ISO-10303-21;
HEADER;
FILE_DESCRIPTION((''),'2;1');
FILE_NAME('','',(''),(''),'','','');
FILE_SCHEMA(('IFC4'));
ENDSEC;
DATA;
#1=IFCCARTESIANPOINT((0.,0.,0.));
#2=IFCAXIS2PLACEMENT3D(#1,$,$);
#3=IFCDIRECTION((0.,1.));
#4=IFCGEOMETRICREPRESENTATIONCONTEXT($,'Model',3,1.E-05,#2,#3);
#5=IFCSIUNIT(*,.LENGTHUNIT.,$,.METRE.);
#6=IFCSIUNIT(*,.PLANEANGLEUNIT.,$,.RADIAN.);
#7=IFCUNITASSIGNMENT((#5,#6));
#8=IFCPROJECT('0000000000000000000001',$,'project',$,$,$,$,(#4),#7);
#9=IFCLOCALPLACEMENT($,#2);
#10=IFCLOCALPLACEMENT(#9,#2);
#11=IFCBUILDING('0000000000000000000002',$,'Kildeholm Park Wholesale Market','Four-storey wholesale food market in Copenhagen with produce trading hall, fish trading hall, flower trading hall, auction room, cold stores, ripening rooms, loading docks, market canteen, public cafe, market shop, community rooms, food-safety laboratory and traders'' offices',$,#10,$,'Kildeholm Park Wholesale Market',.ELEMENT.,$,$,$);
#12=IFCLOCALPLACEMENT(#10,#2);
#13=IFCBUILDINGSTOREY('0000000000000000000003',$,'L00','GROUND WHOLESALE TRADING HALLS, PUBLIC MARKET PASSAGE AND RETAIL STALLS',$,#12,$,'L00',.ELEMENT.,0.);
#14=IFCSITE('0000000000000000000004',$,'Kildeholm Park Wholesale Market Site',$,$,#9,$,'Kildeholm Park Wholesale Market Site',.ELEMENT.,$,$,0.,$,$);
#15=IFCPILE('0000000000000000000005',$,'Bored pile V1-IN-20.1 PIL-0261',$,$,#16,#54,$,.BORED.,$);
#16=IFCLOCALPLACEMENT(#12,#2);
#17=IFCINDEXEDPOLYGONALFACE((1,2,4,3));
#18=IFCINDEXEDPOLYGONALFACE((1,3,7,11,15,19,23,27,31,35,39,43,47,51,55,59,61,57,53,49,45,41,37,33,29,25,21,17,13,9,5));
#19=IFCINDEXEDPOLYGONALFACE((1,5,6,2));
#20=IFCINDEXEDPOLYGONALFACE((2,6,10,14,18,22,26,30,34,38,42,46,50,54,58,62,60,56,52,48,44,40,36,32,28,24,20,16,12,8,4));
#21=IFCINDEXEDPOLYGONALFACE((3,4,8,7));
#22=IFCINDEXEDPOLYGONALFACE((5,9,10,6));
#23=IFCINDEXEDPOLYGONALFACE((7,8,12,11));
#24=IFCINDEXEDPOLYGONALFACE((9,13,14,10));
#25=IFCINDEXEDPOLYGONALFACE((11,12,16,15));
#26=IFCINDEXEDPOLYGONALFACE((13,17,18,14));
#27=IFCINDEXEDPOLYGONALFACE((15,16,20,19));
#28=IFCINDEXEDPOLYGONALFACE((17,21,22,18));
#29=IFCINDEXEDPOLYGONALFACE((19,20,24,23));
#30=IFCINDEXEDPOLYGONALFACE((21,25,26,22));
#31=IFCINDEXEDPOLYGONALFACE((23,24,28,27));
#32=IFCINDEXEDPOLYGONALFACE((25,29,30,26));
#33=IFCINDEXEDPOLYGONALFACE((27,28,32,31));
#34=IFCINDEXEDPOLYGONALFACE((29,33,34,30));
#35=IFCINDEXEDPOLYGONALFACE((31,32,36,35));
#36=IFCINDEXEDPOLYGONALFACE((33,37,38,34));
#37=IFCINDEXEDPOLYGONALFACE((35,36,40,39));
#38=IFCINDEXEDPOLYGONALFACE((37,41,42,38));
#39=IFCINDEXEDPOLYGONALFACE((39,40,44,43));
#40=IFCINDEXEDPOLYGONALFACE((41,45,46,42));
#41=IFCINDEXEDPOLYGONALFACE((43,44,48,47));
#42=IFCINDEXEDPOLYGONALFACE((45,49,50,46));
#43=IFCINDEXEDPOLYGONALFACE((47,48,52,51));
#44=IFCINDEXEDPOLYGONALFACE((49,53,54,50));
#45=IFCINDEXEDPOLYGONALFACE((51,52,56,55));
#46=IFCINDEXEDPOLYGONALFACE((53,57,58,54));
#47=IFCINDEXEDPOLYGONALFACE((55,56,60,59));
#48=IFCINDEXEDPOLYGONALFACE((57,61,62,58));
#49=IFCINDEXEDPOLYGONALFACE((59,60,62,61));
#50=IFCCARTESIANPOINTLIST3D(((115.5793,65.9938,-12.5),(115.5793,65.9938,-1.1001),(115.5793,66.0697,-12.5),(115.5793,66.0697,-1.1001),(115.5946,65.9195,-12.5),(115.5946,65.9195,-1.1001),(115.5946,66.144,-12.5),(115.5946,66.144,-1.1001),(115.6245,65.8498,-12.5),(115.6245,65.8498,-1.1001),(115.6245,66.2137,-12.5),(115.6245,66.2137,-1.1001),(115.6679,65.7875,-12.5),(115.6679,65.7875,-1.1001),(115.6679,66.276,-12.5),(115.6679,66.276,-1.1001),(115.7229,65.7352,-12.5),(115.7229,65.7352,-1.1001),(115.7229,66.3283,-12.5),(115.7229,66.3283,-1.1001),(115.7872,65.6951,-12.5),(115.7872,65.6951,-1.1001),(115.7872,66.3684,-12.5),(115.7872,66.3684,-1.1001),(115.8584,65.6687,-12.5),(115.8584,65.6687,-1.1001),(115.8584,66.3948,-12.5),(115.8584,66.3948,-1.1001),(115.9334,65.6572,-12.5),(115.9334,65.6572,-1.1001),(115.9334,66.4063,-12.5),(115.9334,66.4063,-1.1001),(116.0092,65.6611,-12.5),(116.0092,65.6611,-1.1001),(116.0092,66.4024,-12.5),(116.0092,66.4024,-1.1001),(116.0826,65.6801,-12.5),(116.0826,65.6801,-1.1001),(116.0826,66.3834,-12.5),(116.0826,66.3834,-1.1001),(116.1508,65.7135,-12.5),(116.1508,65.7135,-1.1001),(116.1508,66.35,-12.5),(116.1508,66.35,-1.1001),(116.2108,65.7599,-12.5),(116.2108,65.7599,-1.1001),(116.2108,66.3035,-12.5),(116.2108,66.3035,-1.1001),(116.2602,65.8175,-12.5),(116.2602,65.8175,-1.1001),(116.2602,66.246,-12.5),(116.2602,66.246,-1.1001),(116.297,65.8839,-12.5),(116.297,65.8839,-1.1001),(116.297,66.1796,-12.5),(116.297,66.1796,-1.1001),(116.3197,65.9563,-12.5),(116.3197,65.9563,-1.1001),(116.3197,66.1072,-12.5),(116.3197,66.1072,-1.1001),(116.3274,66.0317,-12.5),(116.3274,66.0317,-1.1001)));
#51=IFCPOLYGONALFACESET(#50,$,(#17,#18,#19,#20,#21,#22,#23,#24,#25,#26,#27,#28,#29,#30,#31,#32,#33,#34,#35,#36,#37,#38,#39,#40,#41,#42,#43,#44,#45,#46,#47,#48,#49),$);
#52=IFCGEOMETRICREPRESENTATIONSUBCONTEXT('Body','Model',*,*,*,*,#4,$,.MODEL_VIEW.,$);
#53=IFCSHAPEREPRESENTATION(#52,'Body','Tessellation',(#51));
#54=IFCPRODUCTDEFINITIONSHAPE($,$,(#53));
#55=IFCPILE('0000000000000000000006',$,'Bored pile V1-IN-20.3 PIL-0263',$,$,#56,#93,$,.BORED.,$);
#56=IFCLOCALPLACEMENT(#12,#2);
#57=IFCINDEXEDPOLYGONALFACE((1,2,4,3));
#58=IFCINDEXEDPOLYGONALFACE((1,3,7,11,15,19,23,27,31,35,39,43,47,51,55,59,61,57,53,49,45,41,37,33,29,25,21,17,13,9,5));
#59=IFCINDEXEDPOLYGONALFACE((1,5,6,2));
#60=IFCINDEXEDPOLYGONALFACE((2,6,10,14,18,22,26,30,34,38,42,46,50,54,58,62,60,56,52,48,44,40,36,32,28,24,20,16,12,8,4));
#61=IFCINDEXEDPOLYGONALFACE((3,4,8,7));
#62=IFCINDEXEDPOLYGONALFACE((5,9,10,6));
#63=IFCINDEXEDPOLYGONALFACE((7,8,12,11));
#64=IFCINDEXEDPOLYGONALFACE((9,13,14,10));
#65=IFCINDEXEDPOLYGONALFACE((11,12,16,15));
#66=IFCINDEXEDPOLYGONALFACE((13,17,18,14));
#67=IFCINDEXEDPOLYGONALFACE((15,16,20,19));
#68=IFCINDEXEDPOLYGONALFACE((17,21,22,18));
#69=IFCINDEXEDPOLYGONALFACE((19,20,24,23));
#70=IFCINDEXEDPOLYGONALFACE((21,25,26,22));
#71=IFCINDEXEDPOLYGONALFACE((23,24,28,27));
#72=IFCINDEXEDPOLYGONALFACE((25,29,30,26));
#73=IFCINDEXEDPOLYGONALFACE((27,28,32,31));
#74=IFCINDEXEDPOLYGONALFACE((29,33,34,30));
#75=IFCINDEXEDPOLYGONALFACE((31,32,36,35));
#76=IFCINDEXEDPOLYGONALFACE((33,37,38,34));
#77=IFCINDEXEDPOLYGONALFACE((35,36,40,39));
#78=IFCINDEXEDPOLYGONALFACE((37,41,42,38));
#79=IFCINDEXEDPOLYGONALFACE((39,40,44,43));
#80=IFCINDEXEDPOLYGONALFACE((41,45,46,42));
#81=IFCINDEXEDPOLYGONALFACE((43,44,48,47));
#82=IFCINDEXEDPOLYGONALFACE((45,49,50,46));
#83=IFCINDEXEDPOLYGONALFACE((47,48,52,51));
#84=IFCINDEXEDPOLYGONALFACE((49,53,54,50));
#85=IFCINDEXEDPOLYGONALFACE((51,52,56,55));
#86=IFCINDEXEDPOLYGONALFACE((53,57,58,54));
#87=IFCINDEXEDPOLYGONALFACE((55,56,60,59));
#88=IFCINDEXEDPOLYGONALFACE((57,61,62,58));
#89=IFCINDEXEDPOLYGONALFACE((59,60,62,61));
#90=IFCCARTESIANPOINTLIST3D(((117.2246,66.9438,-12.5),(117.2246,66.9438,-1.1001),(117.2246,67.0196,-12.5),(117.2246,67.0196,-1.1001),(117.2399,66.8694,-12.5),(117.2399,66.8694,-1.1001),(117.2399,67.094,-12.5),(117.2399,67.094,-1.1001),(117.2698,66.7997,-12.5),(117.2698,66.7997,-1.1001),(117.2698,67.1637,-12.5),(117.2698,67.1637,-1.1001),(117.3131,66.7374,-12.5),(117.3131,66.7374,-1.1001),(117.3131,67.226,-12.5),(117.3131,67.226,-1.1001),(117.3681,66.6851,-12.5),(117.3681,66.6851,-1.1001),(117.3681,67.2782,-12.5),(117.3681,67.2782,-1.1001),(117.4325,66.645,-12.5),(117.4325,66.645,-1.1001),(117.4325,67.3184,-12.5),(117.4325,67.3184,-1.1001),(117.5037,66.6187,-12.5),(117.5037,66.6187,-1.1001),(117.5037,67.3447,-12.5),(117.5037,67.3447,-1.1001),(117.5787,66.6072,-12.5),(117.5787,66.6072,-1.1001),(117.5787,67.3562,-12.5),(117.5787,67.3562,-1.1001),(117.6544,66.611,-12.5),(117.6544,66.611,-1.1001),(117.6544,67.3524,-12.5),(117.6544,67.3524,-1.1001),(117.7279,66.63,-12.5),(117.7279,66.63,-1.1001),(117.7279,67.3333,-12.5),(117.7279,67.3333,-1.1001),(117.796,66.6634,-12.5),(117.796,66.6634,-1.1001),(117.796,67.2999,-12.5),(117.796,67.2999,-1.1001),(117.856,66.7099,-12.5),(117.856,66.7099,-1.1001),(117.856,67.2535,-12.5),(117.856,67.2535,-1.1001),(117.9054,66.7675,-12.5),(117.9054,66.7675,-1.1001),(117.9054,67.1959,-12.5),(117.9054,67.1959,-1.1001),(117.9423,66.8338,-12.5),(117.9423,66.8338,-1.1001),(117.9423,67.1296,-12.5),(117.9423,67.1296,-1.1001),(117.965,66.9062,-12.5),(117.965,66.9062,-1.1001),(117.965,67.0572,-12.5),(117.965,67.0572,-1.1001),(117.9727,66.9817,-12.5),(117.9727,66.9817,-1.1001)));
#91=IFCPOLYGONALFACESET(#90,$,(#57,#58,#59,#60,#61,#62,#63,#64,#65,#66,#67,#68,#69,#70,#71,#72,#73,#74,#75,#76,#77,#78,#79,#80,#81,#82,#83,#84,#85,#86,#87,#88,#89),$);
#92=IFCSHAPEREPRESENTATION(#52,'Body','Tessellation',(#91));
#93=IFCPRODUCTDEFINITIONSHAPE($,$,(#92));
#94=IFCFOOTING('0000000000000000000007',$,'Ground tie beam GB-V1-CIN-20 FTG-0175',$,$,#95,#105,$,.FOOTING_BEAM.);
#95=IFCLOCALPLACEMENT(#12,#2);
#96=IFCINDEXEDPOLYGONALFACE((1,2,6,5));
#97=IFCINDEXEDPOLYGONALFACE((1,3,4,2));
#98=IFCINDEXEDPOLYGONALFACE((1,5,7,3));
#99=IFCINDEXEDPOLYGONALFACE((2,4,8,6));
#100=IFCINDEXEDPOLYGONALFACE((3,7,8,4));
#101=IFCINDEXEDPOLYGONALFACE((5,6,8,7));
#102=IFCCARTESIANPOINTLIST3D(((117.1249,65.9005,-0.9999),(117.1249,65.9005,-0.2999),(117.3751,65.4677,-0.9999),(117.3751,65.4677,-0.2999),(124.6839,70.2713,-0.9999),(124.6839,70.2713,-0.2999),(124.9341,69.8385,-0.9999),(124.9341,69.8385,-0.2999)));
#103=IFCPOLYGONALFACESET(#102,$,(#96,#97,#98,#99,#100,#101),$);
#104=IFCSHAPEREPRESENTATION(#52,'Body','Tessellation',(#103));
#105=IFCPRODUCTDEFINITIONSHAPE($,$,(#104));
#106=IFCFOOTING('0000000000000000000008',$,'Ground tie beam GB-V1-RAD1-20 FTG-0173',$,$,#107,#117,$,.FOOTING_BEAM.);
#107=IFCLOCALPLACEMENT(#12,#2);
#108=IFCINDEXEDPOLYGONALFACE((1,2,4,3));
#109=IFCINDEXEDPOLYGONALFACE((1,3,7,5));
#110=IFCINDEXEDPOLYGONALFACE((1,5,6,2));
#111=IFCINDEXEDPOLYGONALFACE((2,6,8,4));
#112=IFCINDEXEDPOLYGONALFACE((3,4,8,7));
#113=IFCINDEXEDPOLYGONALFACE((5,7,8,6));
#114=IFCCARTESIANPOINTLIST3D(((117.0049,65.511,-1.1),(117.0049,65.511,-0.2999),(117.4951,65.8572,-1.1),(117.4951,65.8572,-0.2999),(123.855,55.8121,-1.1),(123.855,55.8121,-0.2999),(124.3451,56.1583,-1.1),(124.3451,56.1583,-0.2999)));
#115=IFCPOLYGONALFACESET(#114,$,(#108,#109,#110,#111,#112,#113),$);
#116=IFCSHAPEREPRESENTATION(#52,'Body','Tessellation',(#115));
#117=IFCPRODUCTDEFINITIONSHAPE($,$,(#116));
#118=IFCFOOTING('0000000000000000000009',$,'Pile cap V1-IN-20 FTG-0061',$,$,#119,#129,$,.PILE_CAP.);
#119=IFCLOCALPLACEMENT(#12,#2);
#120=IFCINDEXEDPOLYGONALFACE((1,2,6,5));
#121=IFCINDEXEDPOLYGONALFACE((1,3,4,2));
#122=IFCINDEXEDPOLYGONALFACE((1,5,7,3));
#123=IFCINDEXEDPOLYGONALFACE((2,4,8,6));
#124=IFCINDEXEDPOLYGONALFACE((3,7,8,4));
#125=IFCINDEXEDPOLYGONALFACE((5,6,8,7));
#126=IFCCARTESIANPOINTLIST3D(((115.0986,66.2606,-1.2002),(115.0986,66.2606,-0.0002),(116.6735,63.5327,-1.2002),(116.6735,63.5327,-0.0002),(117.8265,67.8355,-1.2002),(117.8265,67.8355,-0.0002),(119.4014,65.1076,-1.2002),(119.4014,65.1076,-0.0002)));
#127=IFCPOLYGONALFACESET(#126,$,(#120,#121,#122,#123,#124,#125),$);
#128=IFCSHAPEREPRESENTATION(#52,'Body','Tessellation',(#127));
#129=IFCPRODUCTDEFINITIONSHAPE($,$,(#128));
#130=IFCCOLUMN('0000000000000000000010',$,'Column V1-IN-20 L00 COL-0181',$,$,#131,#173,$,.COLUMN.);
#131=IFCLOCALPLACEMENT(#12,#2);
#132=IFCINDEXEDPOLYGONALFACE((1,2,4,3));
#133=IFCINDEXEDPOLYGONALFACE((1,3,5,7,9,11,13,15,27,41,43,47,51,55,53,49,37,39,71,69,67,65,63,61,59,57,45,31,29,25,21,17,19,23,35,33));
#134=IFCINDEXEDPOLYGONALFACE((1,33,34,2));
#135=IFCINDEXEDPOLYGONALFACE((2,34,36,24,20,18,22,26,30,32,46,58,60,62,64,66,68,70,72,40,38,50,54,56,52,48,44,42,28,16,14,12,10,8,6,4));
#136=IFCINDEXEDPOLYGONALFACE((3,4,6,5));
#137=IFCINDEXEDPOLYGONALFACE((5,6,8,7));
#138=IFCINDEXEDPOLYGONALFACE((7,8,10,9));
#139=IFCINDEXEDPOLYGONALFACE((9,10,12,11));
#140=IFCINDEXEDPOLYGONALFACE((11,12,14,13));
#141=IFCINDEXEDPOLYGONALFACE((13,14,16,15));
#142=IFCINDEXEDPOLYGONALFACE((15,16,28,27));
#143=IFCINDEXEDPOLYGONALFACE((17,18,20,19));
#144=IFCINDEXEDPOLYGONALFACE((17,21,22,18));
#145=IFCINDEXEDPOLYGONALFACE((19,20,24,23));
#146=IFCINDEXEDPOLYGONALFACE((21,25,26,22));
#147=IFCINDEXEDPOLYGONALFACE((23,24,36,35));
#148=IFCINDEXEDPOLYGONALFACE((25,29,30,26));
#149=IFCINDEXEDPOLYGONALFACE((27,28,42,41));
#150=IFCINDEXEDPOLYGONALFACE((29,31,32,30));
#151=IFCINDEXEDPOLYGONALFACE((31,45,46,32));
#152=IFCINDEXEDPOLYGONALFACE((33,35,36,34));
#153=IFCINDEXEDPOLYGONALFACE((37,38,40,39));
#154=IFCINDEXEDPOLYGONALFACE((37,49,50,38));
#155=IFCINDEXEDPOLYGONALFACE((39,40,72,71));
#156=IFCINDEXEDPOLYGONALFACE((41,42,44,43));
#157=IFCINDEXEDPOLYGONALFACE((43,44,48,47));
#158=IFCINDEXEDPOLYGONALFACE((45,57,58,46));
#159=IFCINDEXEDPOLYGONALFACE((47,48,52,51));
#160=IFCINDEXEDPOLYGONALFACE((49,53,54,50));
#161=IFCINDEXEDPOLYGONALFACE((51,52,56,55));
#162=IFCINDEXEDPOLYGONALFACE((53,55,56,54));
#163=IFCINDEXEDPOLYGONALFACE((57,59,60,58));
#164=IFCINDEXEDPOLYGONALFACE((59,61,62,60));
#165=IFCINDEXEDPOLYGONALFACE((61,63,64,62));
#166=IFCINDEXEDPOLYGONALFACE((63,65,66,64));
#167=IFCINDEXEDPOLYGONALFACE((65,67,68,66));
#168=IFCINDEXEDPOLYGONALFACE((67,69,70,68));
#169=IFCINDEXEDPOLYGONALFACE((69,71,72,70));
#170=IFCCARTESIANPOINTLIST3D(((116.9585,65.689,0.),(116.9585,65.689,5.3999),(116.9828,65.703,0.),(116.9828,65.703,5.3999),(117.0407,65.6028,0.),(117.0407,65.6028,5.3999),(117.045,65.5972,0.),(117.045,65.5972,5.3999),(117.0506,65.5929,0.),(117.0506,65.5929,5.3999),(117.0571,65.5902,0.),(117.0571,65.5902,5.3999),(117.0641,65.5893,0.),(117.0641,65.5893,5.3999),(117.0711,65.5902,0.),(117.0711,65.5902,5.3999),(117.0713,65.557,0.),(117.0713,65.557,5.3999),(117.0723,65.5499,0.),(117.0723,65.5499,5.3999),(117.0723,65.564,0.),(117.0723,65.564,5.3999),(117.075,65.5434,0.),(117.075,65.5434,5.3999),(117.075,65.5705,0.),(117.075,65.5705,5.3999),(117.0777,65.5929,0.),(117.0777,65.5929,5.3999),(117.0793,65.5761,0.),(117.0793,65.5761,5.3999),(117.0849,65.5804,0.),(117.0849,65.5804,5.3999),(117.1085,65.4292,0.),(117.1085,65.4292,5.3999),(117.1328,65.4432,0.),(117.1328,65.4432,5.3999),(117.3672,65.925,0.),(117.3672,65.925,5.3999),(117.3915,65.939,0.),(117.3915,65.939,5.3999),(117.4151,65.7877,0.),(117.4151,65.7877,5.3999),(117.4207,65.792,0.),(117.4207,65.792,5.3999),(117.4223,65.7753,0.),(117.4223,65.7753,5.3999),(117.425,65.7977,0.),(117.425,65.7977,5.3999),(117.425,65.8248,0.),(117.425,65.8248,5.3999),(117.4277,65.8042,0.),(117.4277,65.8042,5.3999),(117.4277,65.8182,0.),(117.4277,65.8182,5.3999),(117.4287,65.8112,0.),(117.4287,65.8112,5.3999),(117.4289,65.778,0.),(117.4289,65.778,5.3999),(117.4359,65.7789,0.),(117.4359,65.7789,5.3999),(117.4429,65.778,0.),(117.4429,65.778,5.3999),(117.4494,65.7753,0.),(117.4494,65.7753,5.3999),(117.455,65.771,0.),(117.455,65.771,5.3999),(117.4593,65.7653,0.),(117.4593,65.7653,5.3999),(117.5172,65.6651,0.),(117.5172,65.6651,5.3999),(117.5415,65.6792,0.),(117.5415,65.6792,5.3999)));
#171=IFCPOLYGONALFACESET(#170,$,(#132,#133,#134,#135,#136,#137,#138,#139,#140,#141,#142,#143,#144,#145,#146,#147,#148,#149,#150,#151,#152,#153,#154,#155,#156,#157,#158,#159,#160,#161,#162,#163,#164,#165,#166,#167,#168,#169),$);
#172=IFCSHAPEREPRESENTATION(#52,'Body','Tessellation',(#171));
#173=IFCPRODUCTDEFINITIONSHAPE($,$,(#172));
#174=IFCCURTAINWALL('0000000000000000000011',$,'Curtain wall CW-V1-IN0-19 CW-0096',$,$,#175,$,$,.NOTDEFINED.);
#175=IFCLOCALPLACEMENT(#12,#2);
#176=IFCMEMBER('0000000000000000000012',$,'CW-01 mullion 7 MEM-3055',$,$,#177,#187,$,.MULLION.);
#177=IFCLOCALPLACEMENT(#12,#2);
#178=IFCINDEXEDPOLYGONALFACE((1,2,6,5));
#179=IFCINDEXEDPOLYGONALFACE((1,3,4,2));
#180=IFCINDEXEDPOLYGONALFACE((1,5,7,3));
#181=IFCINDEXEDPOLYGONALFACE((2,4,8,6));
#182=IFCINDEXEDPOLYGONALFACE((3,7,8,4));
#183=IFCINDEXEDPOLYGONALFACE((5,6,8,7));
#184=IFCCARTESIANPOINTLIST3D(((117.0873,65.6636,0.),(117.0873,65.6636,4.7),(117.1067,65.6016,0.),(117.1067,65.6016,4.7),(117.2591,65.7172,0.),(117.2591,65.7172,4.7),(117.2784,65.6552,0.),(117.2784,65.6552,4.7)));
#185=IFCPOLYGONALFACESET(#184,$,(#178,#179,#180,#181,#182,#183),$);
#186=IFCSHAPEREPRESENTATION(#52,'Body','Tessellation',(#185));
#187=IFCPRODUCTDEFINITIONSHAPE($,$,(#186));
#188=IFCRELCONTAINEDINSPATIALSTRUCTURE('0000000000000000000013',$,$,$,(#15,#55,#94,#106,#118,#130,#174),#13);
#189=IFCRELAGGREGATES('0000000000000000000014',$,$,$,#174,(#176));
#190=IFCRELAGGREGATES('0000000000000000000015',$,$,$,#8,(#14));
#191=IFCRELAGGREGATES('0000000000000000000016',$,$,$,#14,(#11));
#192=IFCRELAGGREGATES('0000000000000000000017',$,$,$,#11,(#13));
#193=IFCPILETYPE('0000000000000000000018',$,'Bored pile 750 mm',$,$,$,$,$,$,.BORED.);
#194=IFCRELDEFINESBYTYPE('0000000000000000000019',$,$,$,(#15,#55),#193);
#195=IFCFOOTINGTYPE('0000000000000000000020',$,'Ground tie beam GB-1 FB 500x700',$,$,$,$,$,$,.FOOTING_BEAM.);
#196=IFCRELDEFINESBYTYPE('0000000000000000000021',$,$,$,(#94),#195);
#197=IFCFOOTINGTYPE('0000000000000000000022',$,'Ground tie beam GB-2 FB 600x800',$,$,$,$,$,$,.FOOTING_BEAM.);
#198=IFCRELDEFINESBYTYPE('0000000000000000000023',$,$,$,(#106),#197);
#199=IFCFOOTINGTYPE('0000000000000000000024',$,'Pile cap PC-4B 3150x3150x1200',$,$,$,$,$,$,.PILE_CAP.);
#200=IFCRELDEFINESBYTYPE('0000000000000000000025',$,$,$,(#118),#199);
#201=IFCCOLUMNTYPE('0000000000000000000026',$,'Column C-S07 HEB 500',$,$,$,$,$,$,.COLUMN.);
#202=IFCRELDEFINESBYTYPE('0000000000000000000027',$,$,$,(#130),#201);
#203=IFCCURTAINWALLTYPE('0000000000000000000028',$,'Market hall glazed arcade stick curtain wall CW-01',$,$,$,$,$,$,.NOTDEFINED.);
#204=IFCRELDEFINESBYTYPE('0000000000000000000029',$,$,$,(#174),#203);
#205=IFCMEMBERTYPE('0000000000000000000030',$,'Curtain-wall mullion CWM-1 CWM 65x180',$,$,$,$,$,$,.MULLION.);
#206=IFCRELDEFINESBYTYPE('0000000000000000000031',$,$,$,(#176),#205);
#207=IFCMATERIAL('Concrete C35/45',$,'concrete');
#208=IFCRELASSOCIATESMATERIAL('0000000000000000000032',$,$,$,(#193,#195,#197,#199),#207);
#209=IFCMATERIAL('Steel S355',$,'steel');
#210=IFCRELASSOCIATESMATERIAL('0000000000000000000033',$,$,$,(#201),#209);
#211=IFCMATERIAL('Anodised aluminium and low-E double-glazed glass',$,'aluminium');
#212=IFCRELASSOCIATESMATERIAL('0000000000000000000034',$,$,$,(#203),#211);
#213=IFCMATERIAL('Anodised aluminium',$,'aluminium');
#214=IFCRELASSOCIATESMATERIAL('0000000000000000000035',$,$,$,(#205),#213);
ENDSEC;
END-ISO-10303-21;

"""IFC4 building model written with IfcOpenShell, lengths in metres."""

from ifc_helpers import new_model, si_unit, direction, frame, origin, origin_2d, place, context, subcontext, project, spatial, rectangle, circle, i_section, extrude, material, material_profile, profile_set, type_object, element, aggregate, save


model = new_model("IFC4")

# Units and contexts
model_context = context("Model", 3, precision=1e-05, world=origin(), true_north=direction((0.0, 1.0)))
body_context = subcontext(model_context, "Body", "Model", "MODEL_VIEW")
ifc_project = project(units=[si_unit("LENGTHUNIT", "METRE"), si_unit("PLANEANGLEUNIT", "RADIAN")], contexts=[model_context])

# Site, building, storey
site_placement = place(None, origin())
site = spatial("IfcSite", under=ifc_project, at=site_placement, Name="Kildeholm Park Wholesale Market Site", LongName="Kildeholm Park Wholesale Market Site", CompositionType="ELEMENT", RefElevation=0.0)
building_placement = place(site_placement, origin())
building = spatial("IfcBuilding", under=site, at=building_placement, Name="Kildeholm Park Wholesale Market", Description="Four-storey wholesale food market in Copenhagen with produce trading hall, fish trading hall, flower trading hall, auction room, cold stores, ripening rooms, loading docks, market canteen, public cafe, market shop, community rooms, food-safety laboratory and traders' offices", LongName="Kildeholm Park Wholesale Market", CompositionType="ELEMENT")
storey_placement = place(building_placement, origin())
storey = spatial("IfcBuildingStorey", under=building, at=storey_placement, Name="L00", Description="GROUND WHOLESALE TRADING HALLS, PUBLIC MARKET PASSAGE AND RETAIL STALLS", LongName="L00", CompositionType="ELEMENT", Elevation=0.0)

# Piles
ifc_material_1 = material(Name="Concrete C35/45", Category="concrete")
ifc_material_profile_1 = material_profile(ifc_material_1, circle(Radius=0.375, at=origin_2d()), Name="PILE D750")
ifc_profile_set_1 = profile_set([ifc_material_profile_1], Name="Concrete C35/45")
pile_type = type_object("IfcPileType", Name="Bored pile 750 mm", PredefinedType="BORED", material=ifc_profile_set_1)
for number, where, z_axis, x_axis, name in (
    (1, (115.9524, 66.0317, -1.1001), (0.0, 0.0, -1.0), (1.0, 0.0, 0.0), "Bored pile V1-IN-20.1 PIL-0261"),
    (2, (117.5977, 66.9817, -1.1001), (0.0, 0.0, -1.0), (1.0, 0.0, 0.0), "Bored pile V1-IN-20.3 PIL-0263"),
):
    element("IfcPile", number, at=place(storey_placement, frame(where, z_axis=z_axis, x_axis=x_axis)), inside=storey, type_object=pile_type, Name=name, PredefinedType="BORED", context=body_context, shape_type="SweptSolid", body=[
        extrude(circle(Radius=0.375, at=origin_2d()), origin(), (0.0, 0.0, 1.0), 11.3999),
    ])

# Footings
ifc_material_profile_2 = material_profile(ifc_material_1, rectangle(XDim=0.5, YDim=0.7, at=origin_2d()), Name="FB 500x700")
ifc_profile_set_2 = profile_set([ifc_material_profile_2], Name="Concrete C35/45")
footing_type_1 = type_object("IfcFootingType", Name="Ground tie beam GB-1 FB 500x700", PredefinedType="FOOTING_BEAM", material=ifc_profile_set_2)
footing_1_placement = place(storey_placement, frame((117.25, 65.6841, -0.6499), z_axis=(0.865697, 0.500568, 0.0), x_axis=(-0.500568, 0.865697, 0.0)))
element("IfcFooting", 3, at=footing_1_placement, inside=storey, type_object=footing_type_1, Name="Ground tie beam GB-V1-CIN-20 FTG-0175", PredefinedType="FOOTING_BEAM", context=body_context, shape_type="SweptSolid", body=[
    extrude(rectangle(XDim=0.5, YDim=0.7, at=origin_2d()), origin(), (0.0, 0.0, 1.0), 8.7317),
])
ifc_material_profile_3 = material_profile(ifc_material_1, rectangle(XDim=0.6001, YDim=0.8, at=origin_2d()), Name="FB 600x800")
ifc_profile_set_3 = profile_set([ifc_material_profile_3], Name="Concrete C35/45")
footing_type_2 = type_object("IfcFootingType", Name="Ground tie beam GB-2 FB 600x800", PredefinedType="FOOTING_BEAM", material=ifc_profile_set_3)
footing_2_placement = place(storey_placement, frame((117.25, 65.6841, -0.7), z_axis=(0.576895, -0.816819, 0.0), x_axis=(0.816819, 0.576895, 0.0)))
element("IfcFooting", 4, at=footing_2_placement, inside=storey, type_object=footing_type_2, Name="Ground tie beam GB-V1-RAD1-20 FTG-0173", PredefinedType="FOOTING_BEAM", context=body_context, shape_type="SweptSolid", body=[
    extrude(rectangle(XDim=0.6001, YDim=0.8, at=origin_2d()), origin(), (0.0, 0.0, 1.0), 11.874),
])
footing_type_3 = type_object("IfcFootingType", Name="Pile cap PC-4B 3150x3150x1200", PredefinedType="PILE_CAP", material=ifc_material_1)
footing_3_placement = place(storey_placement, frame((117.25, 65.6841, -1.2002), z_axis=(0.0, 0.0, 1.0), x_axis=(0.5, -0.866025, 0.0)))
element("IfcFooting", 5, at=footing_3_placement, inside=storey, type_object=footing_type_3, Name="Pile cap V1-IN-20 FTG-0061", PredefinedType="PILE_CAP", context=body_context, shape_type="SweptSolid", body=[
    extrude(rectangle(XDim=3.1499, YDim=3.1499, at=origin_2d()), origin(), (0.0, 0.0, 1.0), 1.2),
])

# Column
ifc_material_2 = material(Name="Steel S355", Category="steel")
ifc_material_profile_4 = material_profile(ifc_material_2, i_section(OverallWidth=0.3, OverallDepth=0.5, WebThickness=0.0144, FlangeThickness=0.0281, FilletRadius=0.0271, at=origin_2d()), Name="HEB 500")
ifc_profile_set_4 = profile_set([ifc_material_profile_4], Name="Steel S355")
column_type = type_object("IfcColumnType", Name="Column C-S07 HEB 500", PredefinedType="COLUMN", material=ifc_profile_set_4)
column_placement = place(storey_placement, frame((117.25, 65.6841, 0.0), z_axis=(0.0, 0.0, 1.0), x_axis=(0.5, -0.866025, 0.0)))
element("IfcColumn", 6, at=column_placement, inside=storey, type_object=column_type, Name="Column V1-IN-20 L00 COL-0181", PredefinedType="COLUMN", context=body_context, shape_type="SweptSolid", body=[
    extrude(i_section(OverallWidth=0.3, OverallDepth=0.5, WebThickness=0.0144, FlangeThickness=0.0281, FilletRadius=0.0271, at=origin_2d()), origin(), (0.0, 0.0, 1.0), 5.3999),
])

# Curtain wall, member
ifc_material_3 = material(Name="Anodised aluminium and low-E double-glazed glass", Category="aluminium")
curtain_wall_type = type_object("IfcCurtainWallType", Name="Market hall glazed arcade stick curtain wall CW-01", PredefinedType="NOTDEFINED", material=ifc_material_3)
curtain_wall_1_placement = place(storey_placement, origin())
curtain_wall_1 = element("IfcCurtainWall", 7, at=curtain_wall_1_placement, inside=storey, type_object=curtain_wall_type, Name="Curtain wall CW-V1-IN0-19 CW-0096", PredefinedType="NOTDEFINED")
ifc_material_4 = material(Name="Anodised aluminium", Category="aluminium")
ifc_material_profile_5 = material_profile(ifc_material_4, rectangle(XDim=0.0649, YDim=0.1799, at=origin_2d()), Name="CWM 65x180")
ifc_profile_set_5 = profile_set([ifc_material_profile_5], Name="Anodised aluminium")
member_type_1 = type_object("IfcMemberType", Name="Curtain-wall mullion CWM-1 CWM 65x180", PredefinedType="MULLION", material=ifc_profile_set_5)
member_1_placement = place(storey_placement, frame((117.1829, 65.6594, 0.0), z_axis=(0.0, 0.0, 1.0), x_axis=(-0.297957, 0.954579, 0.0)))
member_1 = element("IfcMember", 8, at=member_1_placement, type_object=member_type_1, Name="CW-01 mullion 7 MEM-3055", PredefinedType="MULLION", context=body_context, shape_type="SweptSolid", body=[
    extrude(rectangle(XDim=0.0649, YDim=0.1799, at=origin_2d()), origin(), (0.0, 0.0, 1.0), 4.7),
])

aggregate(curtain_wall_1, [member_1])

save(model, "model.ifc")
